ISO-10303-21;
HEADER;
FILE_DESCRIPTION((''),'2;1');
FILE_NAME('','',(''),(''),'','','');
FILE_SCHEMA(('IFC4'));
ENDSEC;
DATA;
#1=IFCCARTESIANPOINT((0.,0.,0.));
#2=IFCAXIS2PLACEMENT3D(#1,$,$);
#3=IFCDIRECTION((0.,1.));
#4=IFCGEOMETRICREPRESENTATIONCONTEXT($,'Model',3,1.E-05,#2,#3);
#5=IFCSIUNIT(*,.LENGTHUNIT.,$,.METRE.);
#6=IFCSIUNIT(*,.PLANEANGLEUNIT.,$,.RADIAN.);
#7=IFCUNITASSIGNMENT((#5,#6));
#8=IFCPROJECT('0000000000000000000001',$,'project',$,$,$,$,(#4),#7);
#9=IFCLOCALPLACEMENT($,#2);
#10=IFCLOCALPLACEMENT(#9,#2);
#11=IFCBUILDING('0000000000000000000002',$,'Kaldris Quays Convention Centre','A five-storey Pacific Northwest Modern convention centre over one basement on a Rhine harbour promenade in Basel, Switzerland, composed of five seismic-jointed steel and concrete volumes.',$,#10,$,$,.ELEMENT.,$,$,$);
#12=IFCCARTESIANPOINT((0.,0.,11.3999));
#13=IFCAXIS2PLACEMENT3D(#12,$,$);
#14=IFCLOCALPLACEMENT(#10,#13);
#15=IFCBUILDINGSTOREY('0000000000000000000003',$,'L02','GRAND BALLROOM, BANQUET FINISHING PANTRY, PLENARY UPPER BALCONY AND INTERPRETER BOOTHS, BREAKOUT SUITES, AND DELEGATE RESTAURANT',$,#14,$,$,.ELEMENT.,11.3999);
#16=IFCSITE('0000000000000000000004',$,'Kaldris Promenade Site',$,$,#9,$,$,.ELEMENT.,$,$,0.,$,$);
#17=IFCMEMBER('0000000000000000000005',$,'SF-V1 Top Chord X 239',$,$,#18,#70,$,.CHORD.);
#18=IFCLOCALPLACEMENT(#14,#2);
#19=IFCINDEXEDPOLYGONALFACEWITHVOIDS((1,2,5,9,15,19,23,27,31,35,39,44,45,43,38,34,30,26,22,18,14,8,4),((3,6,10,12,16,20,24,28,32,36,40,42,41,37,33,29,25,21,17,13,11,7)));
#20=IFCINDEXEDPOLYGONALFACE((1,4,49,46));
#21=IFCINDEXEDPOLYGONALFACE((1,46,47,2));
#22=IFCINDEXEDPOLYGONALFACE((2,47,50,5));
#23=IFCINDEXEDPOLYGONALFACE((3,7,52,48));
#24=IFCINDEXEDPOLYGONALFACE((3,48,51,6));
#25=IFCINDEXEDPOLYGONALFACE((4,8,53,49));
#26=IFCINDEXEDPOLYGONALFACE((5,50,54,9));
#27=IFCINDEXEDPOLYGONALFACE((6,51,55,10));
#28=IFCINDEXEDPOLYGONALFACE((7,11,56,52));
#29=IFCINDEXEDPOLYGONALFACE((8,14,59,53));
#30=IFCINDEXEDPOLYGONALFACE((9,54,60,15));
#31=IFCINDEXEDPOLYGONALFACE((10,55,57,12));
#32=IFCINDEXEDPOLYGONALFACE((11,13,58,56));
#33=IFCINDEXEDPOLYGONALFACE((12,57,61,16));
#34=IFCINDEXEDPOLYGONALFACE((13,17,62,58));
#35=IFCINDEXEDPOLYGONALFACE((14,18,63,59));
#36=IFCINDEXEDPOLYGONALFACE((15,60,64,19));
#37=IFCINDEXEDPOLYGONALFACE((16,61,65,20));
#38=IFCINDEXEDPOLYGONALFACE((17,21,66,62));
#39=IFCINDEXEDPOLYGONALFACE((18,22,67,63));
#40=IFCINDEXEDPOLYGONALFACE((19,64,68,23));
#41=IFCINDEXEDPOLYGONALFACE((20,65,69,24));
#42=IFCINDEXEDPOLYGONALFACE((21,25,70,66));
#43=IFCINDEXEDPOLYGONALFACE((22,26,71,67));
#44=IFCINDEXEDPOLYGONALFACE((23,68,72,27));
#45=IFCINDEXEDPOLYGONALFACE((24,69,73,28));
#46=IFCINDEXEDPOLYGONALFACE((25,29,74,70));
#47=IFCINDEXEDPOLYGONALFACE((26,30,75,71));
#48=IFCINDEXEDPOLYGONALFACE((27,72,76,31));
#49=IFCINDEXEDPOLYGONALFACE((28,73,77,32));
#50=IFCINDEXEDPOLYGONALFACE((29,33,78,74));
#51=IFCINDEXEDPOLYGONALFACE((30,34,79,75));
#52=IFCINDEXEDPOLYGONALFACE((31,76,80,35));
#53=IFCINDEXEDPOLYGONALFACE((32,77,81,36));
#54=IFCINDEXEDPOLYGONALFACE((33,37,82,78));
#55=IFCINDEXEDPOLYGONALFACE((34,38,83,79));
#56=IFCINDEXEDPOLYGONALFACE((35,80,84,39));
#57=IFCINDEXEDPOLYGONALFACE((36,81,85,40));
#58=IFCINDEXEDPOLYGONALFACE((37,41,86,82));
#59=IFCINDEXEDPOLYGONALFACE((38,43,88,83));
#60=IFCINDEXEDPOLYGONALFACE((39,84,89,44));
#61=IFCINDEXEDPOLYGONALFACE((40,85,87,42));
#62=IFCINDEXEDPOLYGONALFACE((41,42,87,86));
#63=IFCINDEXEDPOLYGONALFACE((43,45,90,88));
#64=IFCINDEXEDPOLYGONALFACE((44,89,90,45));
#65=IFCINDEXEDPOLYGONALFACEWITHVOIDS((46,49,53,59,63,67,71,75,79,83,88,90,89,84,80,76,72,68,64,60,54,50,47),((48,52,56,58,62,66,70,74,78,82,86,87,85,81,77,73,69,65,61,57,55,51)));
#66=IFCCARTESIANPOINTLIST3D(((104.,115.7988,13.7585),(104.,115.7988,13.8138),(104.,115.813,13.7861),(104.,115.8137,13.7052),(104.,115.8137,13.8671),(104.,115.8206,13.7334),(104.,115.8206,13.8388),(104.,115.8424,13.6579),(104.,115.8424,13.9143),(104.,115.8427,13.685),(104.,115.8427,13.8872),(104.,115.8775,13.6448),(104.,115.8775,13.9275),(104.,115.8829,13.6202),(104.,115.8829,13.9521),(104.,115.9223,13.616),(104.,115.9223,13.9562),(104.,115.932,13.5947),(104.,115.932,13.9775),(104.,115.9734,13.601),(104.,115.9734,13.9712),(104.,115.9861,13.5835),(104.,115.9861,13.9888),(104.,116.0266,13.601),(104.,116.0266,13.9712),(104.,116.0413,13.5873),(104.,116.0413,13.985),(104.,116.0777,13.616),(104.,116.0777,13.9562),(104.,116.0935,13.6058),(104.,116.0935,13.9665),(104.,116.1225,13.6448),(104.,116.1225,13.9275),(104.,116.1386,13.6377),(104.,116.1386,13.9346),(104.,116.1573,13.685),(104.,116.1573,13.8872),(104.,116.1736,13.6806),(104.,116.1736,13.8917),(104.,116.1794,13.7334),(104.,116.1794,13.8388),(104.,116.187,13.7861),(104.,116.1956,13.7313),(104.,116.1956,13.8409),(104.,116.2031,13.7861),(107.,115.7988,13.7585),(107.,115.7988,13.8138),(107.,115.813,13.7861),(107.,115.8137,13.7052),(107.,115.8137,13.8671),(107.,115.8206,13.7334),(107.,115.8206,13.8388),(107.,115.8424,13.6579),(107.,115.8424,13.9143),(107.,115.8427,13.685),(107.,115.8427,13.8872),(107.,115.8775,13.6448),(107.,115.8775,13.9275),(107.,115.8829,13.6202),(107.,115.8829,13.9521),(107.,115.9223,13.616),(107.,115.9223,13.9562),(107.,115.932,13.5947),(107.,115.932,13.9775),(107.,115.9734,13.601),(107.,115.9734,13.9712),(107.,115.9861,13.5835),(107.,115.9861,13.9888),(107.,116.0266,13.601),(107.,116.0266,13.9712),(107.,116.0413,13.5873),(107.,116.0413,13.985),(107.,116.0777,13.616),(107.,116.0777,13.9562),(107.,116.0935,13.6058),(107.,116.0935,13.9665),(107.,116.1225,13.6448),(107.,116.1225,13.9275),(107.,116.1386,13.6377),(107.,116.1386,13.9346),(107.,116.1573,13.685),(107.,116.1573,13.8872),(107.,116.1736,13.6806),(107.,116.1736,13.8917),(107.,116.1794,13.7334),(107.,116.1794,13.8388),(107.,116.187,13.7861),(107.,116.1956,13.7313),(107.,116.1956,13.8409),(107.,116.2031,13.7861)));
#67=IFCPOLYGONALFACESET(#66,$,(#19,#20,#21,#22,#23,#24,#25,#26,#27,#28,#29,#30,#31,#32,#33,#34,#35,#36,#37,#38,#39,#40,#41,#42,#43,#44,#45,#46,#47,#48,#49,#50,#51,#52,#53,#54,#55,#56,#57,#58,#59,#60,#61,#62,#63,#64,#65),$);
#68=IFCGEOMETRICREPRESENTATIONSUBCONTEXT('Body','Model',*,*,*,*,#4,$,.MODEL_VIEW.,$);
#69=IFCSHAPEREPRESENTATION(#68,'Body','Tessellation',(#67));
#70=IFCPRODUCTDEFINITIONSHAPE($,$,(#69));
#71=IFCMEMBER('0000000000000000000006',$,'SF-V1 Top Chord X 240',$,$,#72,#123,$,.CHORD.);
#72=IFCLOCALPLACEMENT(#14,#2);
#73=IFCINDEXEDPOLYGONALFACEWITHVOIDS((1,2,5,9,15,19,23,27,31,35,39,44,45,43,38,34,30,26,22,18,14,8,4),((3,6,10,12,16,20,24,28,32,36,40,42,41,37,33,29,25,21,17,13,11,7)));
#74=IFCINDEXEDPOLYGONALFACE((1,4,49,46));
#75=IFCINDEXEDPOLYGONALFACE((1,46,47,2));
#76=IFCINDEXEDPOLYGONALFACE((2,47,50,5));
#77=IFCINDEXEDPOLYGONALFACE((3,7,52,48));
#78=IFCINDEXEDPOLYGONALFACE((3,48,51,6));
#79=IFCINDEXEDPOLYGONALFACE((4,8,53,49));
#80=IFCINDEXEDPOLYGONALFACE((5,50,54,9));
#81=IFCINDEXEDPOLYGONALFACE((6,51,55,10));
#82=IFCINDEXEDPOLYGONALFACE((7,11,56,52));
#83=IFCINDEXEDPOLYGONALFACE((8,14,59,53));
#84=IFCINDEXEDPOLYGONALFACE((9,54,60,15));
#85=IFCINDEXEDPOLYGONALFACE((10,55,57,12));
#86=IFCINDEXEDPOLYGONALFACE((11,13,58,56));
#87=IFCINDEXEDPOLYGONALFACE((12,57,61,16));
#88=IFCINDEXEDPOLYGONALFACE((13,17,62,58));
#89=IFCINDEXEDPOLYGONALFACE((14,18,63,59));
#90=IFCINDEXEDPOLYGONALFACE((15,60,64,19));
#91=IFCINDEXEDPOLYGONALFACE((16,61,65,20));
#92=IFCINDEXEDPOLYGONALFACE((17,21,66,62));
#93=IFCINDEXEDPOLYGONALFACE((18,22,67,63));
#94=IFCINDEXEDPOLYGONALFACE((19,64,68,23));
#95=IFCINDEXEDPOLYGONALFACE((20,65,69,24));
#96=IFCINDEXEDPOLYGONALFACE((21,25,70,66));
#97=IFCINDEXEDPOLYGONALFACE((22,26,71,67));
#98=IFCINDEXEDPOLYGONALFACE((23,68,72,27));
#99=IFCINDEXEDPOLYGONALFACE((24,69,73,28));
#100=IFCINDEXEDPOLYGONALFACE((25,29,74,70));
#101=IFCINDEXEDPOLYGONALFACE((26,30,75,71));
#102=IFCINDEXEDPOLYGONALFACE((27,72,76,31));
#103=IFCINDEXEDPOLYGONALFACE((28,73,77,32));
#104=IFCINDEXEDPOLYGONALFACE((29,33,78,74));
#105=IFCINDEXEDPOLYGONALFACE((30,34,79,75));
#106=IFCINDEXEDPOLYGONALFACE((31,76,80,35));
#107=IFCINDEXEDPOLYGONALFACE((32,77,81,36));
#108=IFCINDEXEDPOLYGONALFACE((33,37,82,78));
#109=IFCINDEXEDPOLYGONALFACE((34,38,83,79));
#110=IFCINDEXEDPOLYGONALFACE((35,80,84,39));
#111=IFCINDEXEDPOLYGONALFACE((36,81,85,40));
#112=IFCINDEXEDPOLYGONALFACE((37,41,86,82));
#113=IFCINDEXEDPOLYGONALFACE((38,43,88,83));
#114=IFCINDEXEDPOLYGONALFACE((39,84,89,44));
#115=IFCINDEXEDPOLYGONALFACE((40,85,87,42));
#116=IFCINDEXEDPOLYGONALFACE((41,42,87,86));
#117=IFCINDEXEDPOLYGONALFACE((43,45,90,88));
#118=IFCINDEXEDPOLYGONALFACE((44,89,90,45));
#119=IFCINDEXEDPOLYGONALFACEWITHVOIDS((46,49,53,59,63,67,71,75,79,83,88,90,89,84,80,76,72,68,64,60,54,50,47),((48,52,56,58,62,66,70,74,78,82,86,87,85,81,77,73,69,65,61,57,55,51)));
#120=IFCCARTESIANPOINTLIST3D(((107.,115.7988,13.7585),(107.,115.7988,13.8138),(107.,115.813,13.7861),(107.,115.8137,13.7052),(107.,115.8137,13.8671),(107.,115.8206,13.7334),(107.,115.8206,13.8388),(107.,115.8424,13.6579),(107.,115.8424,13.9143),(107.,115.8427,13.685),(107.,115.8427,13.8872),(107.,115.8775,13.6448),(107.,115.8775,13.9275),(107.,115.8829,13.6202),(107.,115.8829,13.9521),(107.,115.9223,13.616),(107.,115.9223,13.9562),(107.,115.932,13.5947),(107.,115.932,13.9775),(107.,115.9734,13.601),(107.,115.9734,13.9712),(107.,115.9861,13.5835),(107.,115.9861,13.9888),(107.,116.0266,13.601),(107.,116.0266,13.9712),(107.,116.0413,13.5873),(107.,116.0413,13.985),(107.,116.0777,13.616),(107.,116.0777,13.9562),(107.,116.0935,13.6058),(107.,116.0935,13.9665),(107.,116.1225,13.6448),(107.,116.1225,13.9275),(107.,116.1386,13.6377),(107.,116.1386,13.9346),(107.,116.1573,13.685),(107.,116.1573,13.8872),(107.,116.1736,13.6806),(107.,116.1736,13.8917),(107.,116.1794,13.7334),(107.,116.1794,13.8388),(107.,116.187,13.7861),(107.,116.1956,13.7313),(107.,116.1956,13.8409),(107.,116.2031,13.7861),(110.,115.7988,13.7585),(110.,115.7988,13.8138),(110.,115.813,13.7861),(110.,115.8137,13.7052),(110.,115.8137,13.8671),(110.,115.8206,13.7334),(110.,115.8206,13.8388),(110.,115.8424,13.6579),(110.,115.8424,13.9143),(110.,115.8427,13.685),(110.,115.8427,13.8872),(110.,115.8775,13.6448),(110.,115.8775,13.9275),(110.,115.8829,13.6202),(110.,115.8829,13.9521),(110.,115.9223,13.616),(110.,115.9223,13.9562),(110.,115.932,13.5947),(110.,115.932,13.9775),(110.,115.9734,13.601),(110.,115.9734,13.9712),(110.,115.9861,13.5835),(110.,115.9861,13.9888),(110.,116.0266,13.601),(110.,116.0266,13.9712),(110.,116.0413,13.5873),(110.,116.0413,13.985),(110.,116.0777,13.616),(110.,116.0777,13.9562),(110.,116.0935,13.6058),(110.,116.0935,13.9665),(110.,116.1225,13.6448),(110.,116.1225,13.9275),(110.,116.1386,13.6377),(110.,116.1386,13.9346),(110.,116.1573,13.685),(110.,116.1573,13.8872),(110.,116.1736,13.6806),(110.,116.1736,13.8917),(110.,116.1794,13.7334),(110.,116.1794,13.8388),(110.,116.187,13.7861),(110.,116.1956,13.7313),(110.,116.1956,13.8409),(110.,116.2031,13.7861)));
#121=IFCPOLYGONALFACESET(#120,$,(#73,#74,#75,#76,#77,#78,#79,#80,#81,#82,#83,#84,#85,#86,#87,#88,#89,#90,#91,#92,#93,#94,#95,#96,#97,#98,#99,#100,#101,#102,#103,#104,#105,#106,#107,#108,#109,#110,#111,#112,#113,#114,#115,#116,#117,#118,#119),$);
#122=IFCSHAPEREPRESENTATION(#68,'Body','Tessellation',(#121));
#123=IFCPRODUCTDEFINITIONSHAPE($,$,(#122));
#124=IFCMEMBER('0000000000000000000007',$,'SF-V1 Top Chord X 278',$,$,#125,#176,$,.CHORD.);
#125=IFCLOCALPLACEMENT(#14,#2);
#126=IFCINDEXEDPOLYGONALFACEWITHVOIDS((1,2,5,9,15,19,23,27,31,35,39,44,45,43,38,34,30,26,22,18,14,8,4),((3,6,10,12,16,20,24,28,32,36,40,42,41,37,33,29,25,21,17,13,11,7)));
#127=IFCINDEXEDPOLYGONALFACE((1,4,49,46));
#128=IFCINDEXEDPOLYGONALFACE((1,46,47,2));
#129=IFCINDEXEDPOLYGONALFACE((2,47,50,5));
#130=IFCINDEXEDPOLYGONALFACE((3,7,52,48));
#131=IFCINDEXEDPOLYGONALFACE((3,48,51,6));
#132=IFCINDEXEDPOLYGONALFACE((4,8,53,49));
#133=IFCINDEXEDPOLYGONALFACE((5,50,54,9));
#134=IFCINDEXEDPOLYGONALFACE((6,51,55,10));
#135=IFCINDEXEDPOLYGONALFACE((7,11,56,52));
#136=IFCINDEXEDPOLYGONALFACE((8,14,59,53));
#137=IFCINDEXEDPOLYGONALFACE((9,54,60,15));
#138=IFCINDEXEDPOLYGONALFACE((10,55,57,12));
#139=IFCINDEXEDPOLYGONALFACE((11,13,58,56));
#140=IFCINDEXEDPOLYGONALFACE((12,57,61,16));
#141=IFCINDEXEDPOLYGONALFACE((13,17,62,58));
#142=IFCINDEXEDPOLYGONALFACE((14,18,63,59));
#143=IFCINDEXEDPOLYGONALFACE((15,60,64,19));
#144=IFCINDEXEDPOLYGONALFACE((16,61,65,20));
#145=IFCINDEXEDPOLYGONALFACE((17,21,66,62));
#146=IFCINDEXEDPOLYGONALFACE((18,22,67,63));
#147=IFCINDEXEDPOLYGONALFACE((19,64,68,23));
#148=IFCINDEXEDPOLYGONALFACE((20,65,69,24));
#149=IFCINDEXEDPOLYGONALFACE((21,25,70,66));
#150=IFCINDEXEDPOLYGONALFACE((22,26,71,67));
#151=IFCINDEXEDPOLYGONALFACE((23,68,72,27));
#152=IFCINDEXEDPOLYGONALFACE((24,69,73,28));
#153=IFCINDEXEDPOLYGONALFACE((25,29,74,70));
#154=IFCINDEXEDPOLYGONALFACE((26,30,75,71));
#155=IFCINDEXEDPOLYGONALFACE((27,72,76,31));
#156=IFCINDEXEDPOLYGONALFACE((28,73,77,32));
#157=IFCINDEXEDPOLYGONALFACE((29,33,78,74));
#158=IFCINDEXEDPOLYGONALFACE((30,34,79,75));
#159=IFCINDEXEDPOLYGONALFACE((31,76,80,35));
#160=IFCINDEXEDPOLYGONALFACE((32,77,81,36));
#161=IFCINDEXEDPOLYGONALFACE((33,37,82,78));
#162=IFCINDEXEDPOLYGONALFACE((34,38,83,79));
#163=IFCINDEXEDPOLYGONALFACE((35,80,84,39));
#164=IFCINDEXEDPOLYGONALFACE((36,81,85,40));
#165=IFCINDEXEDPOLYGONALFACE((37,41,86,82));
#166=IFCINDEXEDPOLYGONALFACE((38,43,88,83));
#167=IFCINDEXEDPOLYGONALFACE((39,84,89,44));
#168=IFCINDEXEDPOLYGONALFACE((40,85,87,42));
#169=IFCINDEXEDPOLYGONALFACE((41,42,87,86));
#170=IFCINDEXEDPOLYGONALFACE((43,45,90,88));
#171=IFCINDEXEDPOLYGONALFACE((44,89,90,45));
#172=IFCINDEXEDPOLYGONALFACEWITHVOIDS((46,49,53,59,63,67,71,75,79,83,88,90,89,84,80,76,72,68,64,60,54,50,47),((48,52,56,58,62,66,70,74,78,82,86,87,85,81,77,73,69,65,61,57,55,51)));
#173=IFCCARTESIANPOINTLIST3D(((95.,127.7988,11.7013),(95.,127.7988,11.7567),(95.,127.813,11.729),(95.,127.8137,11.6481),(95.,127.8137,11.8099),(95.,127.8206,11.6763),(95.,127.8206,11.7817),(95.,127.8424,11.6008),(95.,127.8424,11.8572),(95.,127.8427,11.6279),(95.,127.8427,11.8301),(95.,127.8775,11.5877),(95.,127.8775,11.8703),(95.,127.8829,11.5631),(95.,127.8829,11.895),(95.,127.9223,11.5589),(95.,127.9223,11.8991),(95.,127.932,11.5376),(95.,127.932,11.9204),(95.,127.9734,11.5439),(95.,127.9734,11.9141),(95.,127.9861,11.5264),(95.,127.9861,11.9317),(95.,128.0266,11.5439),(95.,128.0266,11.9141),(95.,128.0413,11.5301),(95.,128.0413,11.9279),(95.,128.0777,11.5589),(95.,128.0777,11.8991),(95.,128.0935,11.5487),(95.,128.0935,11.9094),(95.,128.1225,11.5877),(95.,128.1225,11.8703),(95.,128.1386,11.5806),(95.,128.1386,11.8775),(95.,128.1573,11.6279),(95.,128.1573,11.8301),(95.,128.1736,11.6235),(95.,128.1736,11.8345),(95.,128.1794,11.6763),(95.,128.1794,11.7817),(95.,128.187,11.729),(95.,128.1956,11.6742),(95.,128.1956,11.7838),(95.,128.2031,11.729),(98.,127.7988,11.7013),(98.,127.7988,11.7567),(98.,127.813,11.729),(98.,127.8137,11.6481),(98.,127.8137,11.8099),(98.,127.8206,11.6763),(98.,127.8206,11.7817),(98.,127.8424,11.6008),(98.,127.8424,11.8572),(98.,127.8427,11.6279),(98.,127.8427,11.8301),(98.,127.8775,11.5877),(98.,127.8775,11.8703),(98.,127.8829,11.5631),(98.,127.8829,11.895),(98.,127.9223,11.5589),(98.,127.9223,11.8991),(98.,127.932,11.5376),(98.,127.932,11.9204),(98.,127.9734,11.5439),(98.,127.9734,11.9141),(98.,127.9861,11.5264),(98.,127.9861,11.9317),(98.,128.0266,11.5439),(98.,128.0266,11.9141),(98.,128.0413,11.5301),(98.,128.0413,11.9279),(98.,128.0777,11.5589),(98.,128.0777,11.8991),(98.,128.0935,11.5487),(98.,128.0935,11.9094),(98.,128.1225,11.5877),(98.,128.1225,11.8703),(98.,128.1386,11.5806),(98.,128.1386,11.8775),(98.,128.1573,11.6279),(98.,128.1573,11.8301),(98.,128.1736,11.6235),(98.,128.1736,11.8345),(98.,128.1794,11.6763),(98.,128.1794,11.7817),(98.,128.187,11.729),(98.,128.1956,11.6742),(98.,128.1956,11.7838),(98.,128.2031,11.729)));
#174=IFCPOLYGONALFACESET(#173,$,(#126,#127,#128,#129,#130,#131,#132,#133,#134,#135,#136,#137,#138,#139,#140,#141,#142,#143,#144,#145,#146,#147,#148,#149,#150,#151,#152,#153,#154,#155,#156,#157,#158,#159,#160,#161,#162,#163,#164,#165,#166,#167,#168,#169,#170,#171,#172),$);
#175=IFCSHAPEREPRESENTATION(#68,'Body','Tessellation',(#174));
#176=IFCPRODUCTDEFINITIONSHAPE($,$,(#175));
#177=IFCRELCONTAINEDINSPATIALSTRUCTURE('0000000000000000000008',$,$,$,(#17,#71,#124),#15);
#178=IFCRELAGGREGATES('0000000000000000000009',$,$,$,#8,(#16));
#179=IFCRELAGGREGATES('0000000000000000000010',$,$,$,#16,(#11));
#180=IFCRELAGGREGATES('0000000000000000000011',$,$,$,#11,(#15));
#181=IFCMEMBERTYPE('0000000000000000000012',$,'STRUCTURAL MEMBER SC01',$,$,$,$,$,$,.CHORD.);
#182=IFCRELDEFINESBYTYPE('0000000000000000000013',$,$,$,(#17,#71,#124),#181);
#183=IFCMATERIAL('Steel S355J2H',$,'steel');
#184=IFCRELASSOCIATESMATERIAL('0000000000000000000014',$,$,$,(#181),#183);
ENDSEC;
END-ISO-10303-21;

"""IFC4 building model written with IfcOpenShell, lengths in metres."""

from ifc_helpers import new_model, si_unit, direction, frame, origin, origin_2d, place, context, subcontext, project, spatial, hollow_circle, extrude, material, material_profile, profile_set, type_object, element, save


model = new_model("IFC4")

# Units and contexts
model_context = context("Model", 3, precision=1e-05, world=origin(), true_north=direction((0.0, 1.0)))
body_context = subcontext(model_context, "Body", "Model", "MODEL_VIEW")
ifc_project = project(units=[si_unit("LENGTHUNIT", "METRE"), si_unit("PLANEANGLEUNIT", "RADIAN")], contexts=[model_context])

# Site, building, storey
site_placement = place(None, origin())
site = spatial("IfcSite", under=ifc_project, at=site_placement, Name="Kaldris Promenade Site", CompositionType="ELEMENT", RefElevation=0.0)
building_placement = place(site_placement, origin())
building = spatial("IfcBuilding", under=site, at=building_placement, Name="Kaldris Quays Convention Centre", Description="A five-storey Pacific Northwest Modern convention centre over one basement on a Rhine harbour promenade in Basel, Switzerland, composed of five seismic-jointed steel and concrete volumes.", CompositionType="ELEMENT")
storey_placement = place(building_placement, frame((0.0, 0.0, 11.3999)))
storey = spatial("IfcBuildingStorey", under=building, at=storey_placement, Name="L02", Description="GRAND BALLROOM, BANQUET FINISHING PANTRY, PLENARY UPPER BALCONY AND INTERPRETER BOOTHS, BREAKOUT SUITES, AND DELEGATE RESTAURANT", CompositionType="ELEMENT", Elevation=11.3999)

# Members
ifc_material = material(Name="Steel S355J2H", Category="steel")
ifc_material_profile_1 = material_profile(ifc_material, hollow_circle(Radius=0.2031, WallThickness=0.0161, at=origin_2d()), Name="CHS 406.4x16")
ifc_profile_set_1 = profile_set([ifc_material_profile_1], Name="Steel S355J2H")
member_type_1 = type_object("IfcMemberType", Name="STRUCTURAL MEMBER SC01", PredefinedType="CHORD", material=ifc_profile_set_1)
for number, where, z_axis, x_axis, name in (
    (1, (104.0, 116.0, 13.7861), (1.0, 0.0, 0.0), (0.0, 1.0, 0.0), "SF-V1 Top Chord X 239"),
    (2, (107.0, 116.0, 13.7861), (1.0, 0.0, 0.0), (0.0, 1.0, 0.0), "SF-V1 Top Chord X 240"),
    (3, (95.0, 128.0, 11.729), (1.0, 0.0, 0.0), (0.0, 1.0, 0.0), "SF-V1 Top Chord X 278"),
):
    element("IfcMember", number, at=place(storey_placement, frame(where, z_axis=z_axis, x_axis=x_axis)), inside=storey, type_object=member_type_1, Name=name, PredefinedType="CHORD", context=body_context, shape_type="SweptSolid", body=[
        extrude(hollow_circle(Radius=0.2031, WallThickness=0.0161, at=origin_2d()), origin(), (0.0, 0.0, 1.0), 3.0),
    ])

save(model, "model.ifc")
